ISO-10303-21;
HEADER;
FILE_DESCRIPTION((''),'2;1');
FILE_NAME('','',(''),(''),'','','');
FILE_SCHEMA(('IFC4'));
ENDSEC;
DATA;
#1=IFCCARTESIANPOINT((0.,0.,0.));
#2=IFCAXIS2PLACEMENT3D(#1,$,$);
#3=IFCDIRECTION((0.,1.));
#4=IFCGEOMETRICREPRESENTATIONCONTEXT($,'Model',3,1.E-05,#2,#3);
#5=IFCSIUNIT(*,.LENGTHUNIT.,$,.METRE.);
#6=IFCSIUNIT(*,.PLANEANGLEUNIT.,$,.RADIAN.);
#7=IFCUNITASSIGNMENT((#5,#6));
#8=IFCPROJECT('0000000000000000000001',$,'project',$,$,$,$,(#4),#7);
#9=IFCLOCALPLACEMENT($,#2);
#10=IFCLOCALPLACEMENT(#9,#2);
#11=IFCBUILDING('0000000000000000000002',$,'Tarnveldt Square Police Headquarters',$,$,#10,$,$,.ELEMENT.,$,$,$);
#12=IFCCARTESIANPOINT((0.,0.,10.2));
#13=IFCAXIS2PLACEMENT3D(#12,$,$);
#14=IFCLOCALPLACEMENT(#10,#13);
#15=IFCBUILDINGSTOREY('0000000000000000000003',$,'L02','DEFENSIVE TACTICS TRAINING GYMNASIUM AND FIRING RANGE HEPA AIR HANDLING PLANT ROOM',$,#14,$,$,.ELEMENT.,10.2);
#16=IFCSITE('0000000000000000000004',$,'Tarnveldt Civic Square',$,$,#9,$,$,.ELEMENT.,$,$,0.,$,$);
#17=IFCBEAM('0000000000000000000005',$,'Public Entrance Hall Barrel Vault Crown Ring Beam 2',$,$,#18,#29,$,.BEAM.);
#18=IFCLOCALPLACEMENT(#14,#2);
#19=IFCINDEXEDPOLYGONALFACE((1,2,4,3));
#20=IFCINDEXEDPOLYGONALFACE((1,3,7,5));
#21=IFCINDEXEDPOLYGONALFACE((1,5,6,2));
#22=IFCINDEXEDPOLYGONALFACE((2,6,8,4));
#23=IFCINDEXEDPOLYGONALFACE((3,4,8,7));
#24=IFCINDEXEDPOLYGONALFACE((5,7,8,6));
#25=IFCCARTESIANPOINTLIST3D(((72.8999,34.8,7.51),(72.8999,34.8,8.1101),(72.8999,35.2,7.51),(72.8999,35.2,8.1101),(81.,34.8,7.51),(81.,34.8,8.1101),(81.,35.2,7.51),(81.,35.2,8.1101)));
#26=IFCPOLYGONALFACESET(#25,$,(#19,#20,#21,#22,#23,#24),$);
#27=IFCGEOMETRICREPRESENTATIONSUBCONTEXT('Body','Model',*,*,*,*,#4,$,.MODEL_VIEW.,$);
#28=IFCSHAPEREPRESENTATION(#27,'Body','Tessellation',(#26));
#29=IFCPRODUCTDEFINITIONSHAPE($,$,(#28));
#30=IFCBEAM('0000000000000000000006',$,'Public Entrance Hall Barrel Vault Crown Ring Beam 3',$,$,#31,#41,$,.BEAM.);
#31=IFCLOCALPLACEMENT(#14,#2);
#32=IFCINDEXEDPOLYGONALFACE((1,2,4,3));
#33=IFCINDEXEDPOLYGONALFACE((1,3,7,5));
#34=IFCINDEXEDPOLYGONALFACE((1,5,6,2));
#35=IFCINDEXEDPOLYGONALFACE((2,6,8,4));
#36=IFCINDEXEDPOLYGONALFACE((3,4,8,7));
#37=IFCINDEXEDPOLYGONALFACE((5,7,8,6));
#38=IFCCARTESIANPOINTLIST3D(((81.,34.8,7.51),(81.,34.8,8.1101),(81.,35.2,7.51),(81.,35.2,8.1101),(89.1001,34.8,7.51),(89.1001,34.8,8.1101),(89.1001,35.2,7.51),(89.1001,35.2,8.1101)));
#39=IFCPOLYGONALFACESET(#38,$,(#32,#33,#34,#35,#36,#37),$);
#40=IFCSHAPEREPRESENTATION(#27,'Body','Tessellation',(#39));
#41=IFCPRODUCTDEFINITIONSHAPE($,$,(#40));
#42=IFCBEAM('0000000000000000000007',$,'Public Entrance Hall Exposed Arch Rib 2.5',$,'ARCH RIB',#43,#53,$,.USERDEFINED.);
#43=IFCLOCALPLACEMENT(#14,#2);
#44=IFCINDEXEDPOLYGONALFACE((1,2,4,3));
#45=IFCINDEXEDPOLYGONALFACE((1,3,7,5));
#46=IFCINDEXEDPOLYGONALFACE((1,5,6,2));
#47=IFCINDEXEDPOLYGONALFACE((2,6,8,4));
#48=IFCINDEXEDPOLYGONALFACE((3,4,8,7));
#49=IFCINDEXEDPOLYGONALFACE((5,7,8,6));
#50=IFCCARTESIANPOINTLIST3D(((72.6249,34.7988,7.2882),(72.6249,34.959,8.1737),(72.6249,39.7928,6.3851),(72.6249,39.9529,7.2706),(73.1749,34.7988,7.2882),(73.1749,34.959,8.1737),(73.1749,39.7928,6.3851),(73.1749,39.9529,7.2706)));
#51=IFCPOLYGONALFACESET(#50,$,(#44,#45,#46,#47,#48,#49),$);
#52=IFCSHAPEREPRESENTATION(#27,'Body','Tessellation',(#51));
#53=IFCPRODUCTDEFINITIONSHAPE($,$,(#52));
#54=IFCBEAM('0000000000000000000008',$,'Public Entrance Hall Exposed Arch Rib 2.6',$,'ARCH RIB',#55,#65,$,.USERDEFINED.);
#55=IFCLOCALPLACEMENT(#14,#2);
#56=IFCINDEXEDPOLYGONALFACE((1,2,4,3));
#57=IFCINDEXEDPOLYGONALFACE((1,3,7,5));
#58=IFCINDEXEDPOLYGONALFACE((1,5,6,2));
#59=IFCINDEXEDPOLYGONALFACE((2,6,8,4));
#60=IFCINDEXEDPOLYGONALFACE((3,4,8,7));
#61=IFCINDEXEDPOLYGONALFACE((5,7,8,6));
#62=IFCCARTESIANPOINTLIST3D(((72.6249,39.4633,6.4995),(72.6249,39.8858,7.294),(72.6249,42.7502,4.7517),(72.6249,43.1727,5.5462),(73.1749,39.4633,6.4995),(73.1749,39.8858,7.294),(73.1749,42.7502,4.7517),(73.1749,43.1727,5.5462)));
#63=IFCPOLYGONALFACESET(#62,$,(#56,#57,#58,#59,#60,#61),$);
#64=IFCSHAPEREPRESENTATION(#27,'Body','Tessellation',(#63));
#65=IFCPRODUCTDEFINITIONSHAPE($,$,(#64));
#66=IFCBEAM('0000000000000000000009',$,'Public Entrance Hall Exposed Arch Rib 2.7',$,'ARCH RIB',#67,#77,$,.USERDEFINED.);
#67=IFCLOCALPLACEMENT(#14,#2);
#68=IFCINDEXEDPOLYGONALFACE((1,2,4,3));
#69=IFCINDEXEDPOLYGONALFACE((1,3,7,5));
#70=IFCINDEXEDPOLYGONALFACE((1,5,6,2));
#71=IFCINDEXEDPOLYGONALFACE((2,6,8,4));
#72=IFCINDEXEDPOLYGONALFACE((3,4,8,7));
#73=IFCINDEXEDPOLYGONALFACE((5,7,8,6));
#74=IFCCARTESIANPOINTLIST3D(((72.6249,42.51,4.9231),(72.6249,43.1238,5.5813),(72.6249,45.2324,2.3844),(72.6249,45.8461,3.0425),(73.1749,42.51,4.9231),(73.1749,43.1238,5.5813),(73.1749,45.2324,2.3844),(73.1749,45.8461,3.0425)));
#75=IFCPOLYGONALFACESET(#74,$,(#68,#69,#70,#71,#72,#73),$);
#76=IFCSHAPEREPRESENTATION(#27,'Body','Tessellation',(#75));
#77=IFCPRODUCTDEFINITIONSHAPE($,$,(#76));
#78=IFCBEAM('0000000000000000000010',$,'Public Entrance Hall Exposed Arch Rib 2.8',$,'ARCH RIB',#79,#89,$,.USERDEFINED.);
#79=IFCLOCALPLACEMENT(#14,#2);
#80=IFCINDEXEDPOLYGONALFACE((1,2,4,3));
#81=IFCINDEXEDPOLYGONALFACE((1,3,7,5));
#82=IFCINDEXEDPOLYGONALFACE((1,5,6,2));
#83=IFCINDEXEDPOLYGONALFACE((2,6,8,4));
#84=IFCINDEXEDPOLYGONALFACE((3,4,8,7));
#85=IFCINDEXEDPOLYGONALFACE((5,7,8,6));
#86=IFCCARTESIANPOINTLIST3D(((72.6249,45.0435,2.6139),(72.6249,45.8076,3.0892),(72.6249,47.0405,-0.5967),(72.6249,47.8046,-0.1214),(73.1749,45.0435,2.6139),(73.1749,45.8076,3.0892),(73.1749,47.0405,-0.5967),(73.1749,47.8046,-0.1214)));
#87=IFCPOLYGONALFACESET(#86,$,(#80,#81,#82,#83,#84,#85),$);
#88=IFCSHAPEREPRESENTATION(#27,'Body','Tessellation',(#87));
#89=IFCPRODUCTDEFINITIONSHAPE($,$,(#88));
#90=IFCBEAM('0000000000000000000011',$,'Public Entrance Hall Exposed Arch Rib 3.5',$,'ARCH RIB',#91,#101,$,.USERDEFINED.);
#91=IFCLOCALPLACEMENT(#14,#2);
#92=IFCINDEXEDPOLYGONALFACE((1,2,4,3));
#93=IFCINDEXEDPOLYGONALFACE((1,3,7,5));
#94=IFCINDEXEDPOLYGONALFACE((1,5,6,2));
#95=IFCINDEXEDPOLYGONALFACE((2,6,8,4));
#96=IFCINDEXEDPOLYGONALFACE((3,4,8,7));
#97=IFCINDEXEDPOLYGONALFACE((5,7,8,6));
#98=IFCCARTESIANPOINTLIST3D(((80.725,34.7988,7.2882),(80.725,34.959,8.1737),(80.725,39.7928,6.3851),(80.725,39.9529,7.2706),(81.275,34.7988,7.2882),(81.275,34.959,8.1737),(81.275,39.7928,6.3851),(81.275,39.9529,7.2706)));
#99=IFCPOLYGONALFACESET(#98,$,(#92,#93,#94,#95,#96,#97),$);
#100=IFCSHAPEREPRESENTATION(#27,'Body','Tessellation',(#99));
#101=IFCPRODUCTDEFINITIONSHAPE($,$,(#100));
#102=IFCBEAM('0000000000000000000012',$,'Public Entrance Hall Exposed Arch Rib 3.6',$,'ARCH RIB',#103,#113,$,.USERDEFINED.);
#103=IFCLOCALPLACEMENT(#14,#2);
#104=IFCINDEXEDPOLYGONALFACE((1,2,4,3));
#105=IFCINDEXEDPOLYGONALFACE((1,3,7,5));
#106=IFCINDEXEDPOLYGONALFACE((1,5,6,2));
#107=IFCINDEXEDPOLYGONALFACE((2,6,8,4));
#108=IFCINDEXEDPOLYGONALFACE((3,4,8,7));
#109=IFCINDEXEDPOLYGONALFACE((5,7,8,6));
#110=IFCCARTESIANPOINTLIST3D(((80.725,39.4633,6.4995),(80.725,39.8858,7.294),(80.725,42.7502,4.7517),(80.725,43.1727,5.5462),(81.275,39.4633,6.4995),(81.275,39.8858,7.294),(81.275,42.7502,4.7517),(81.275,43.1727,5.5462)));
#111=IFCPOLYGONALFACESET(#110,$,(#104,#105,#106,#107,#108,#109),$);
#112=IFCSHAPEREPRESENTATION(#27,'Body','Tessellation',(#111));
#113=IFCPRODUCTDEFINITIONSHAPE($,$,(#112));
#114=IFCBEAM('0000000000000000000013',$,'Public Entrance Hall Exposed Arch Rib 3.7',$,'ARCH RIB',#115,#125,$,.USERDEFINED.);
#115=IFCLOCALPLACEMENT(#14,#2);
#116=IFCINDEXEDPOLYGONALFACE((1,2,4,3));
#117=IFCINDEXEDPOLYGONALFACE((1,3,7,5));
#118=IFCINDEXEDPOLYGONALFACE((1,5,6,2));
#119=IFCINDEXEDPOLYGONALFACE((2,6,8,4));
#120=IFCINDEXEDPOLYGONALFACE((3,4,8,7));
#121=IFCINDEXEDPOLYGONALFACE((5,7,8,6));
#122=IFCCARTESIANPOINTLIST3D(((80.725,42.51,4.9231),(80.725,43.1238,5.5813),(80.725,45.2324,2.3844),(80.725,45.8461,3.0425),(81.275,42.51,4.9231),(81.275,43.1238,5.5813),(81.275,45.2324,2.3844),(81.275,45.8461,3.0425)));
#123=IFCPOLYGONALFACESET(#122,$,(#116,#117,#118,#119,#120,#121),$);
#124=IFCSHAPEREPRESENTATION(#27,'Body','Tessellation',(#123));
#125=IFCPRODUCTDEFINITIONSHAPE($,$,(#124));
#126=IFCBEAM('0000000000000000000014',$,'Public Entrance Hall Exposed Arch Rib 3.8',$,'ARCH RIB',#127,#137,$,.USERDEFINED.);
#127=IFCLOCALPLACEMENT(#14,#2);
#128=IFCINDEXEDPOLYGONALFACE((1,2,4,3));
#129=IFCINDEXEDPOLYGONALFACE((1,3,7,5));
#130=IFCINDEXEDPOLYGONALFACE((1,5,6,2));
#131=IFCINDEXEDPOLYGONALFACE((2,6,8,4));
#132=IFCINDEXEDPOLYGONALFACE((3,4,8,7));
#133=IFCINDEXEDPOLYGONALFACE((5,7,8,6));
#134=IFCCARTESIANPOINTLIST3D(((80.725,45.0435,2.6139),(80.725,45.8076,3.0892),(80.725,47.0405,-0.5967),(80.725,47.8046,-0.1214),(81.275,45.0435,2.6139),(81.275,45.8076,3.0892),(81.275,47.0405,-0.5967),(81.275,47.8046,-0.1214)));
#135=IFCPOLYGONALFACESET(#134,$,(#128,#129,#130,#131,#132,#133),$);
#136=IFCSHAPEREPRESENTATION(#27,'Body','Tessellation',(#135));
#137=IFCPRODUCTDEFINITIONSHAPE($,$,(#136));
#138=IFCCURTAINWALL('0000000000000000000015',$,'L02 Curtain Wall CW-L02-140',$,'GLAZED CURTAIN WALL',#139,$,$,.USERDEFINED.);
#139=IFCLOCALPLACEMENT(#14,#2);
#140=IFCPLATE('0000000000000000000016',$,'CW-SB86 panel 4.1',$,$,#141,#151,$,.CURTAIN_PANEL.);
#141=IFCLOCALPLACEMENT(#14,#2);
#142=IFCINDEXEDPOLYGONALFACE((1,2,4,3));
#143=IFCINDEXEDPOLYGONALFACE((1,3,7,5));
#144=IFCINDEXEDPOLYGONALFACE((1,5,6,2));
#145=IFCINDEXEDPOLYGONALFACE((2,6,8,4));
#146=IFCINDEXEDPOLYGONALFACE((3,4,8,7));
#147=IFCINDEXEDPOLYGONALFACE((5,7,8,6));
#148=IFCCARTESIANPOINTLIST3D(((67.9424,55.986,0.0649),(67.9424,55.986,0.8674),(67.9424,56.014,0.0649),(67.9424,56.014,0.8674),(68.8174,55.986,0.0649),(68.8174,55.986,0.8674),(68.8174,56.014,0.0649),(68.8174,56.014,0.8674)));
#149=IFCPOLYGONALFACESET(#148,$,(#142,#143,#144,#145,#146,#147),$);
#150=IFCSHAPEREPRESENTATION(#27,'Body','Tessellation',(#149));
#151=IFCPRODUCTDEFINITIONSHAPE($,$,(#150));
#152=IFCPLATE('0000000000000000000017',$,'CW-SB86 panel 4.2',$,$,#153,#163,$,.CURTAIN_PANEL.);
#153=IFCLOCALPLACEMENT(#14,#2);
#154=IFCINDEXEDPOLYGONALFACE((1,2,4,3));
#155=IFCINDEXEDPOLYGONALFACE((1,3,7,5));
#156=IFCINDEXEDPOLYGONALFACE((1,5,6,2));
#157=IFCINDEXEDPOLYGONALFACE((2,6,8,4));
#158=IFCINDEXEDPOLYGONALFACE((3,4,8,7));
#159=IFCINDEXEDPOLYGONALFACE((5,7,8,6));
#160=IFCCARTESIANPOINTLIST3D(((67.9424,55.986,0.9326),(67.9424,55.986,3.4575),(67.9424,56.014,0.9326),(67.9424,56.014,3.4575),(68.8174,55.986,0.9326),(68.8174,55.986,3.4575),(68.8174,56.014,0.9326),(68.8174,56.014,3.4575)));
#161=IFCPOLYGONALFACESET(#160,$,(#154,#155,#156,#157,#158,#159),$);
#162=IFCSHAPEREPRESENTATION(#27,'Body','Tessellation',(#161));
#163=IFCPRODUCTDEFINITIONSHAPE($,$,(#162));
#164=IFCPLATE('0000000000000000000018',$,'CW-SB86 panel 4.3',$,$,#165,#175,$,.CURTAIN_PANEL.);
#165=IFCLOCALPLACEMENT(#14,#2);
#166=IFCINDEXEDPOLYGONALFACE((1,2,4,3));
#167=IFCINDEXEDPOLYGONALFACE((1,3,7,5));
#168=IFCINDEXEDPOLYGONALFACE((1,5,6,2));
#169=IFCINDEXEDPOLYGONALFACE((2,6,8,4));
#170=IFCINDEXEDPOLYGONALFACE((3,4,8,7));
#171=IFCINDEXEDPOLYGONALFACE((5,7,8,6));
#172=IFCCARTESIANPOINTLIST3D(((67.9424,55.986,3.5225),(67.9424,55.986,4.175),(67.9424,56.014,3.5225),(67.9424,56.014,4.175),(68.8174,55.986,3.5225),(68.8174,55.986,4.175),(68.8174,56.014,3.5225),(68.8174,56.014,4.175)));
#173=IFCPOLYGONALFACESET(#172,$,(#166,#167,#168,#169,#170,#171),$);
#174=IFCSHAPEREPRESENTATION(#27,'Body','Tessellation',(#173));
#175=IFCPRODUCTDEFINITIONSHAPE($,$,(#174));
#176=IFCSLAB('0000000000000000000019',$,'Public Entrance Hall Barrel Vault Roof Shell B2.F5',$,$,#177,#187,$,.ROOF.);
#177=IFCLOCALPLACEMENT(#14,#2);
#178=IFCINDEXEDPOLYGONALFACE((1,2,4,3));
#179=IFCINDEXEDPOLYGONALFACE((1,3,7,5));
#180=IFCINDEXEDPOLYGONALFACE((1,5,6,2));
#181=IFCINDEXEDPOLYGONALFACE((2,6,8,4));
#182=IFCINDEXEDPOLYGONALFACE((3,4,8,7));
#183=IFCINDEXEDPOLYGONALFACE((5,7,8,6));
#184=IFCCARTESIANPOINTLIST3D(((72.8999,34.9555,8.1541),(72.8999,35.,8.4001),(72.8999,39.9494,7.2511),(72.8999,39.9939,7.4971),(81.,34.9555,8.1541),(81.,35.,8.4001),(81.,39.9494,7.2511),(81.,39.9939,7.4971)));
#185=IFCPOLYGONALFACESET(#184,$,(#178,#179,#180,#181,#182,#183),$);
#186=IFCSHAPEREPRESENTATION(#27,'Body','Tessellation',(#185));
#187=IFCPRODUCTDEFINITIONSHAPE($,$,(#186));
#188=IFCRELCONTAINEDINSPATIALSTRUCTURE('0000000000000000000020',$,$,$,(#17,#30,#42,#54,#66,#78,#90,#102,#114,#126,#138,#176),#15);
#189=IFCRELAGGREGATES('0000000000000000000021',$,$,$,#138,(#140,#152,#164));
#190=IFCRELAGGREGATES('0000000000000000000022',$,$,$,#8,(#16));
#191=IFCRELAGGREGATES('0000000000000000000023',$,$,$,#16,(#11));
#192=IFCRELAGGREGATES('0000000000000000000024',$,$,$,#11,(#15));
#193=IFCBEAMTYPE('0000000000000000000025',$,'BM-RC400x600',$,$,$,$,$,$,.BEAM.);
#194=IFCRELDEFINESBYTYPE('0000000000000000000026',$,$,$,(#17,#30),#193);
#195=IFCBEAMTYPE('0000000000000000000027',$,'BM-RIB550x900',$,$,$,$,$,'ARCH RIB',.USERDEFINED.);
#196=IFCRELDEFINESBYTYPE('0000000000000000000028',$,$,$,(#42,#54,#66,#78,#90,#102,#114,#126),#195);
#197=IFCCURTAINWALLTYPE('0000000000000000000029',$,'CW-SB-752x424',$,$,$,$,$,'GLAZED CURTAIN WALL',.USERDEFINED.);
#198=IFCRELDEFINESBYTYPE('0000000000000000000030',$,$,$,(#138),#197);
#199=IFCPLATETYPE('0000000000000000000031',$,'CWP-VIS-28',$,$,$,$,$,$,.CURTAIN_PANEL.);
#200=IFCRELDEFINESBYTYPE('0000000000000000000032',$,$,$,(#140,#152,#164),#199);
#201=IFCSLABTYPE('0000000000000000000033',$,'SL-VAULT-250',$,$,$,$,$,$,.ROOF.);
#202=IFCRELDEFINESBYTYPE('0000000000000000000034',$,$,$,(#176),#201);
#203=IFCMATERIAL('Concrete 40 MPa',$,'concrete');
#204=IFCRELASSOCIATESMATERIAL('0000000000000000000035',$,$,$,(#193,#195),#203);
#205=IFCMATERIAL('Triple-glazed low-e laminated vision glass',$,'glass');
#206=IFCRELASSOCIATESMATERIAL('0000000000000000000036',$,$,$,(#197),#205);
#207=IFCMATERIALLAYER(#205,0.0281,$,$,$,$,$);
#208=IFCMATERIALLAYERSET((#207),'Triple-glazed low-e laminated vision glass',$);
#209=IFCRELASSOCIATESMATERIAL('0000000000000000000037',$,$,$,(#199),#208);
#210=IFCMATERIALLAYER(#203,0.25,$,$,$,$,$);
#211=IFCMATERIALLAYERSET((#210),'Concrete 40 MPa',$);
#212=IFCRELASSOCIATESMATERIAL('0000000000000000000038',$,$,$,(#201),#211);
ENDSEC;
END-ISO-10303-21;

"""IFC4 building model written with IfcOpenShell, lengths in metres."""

from ifc_helpers import new_model, si_unit, direction, frame, origin, origin_2d, place, context, subcontext, project, spatial, polyline, rectangle, outline, extrude, material, layer, layer_set, material_profile, profile_set, type_object, element, aggregate, save


model = new_model("IFC4")

# Units and contexts
model_context = context("Model", 3, precision=1e-05, world=origin(), true_north=direction((0.0, 1.0)))
body_context = subcontext(model_context, "Body", "Model", "MODEL_VIEW")
ifc_project = project(units=[si_unit("LENGTHUNIT", "METRE"), si_unit("PLANEANGLEUNIT", "RADIAN")], contexts=[model_context])

# Site, building, storey
site_placement = place(None, origin())
site = spatial("IfcSite", under=ifc_project, at=site_placement, Name="Tarnveldt Civic Square", CompositionType="ELEMENT", RefElevation=0.0)
building_placement = place(site_placement, origin())
building = spatial("IfcBuilding", under=site, at=building_placement, Name="Tarnveldt Square Police Headquarters", CompositionType="ELEMENT")
storey_placement = place(building_placement, frame((0.0, 0.0, 10.2)))
storey = spatial("IfcBuildingStorey", under=building, at=storey_placement, Name="L02", Description="DEFENSIVE TACTICS TRAINING GYMNASIUM AND FIRING RANGE HEPA AIR HANDLING PLANT ROOM", CompositionType="ELEMENT", Elevation=10.2)

# Beams
ifc_material_1 = material(Name="Concrete 40 MPa", Category="concrete")
ifc_material_profile_1 = material_profile(ifc_material_1, rectangle(XDim=0.3999, YDim=0.6001, at=origin_2d()), Name="RC-B400x600")
ifc_profile_set_1 = profile_set([ifc_material_profile_1], Name="Concrete 40 MPa")
beam_type_1 = type_object("IfcBeamType", Name="BM-RC400x600", PredefinedType="BEAM", material=ifc_profile_set_1)
for number, where, z_axis, x_axis, name in (
    (1, (72.8999, 35.0, 7.8101), (1.0, 0.0, 0.0), (0.0, 1.0, 0.0), "Public Entrance Hall Barrel Vault Crown Ring Beam 2"),
    (2, (81.0, 35.0, 7.8101), (1.0, 0.0, 0.0), (0.0, 1.0, 0.0), "Public Entrance Hall Barrel Vault Crown Ring Beam 3"),
):
    element("IfcBeam", number, at=place(storey_placement, frame(where, z_axis=z_axis, x_axis=x_axis)), inside=storey, type_object=beam_type_1, Name=name, PredefinedType="BEAM", context=body_context, shape_type="SweptSolid", body=[
        extrude(rectangle(XDim=0.3999, YDim=0.6001, at=origin_2d()), origin(), (0.0, 0.0, 1.0), 8.1001),
    ])
ifc_material_profile_2 = material_profile(ifc_material_1, rectangle(XDim=0.55, YDim=0.8999, at=origin_2d()), Name="RC-RIB550x900")
ifc_profile_set_2 = profile_set([ifc_material_profile_2], Name="Concrete 40 MPa")
beam_type_2 = type_object("IfcBeamType", Name="BM-RIB550x900", ElementType="ARCH RIB", PredefinedType="USERDEFINED", material=ifc_profile_set_2)
beam_1_placement = place(storey_placement, frame((72.8999, 34.8789, 7.731), z_axis=(0.0, 0.98404, -0.17795), x_axis=(-1.0, 0.0, 0.0)))
element("IfcBeam", 3, at=beam_1_placement, inside=storey, type_object=beam_type_2, Name="Public Entrance Hall Exposed Arch Rib 2.5", ObjectType="ARCH RIB", PredefinedType="USERDEFINED", context=body_context, shape_type="SweptSolid", body=[
    extrude(rectangle(XDim=0.55, YDim=0.8999, at=origin_2d()), origin(), (0.0, 0.0, 1.0), 5.075),
])
beam_2_placement = place(storey_placement, frame((72.8999, 39.6746, 6.8967), z_axis=(0.0, 0.882931, -0.469502), x_axis=(-1.0, 0.0, 0.0)))
element("IfcBeam", 4, at=beam_2_placement, inside=storey, type_object=beam_type_2, Name="Public Entrance Hall Exposed Arch Rib 2.6", ObjectType="ARCH RIB", PredefinedType="USERDEFINED", context=body_context, shape_type="SweptSolid", body=[
    extrude(rectangle(XDim=0.55, YDim=0.8999, at=origin_2d()), origin(), (0.0, 0.0, 1.0), 3.7227),
])
beam_3_placement = place(storey_placement, frame((72.8999, 42.8169, 5.2522), z_axis=(0.0, 0.731337, -0.682017), x_axis=(-1.0, 0.0, 0.0)))
element("IfcBeam", 5, at=beam_3_placement, inside=storey, type_object=beam_type_2, Name="Public Entrance Hall Exposed Arch Rib 2.7", ObjectType="ARCH RIB", PredefinedType="USERDEFINED", context=body_context, shape_type="SweptSolid", body=[
    extrude(rectangle(XDim=0.55, YDim=0.8999, at=origin_2d()), origin(), (0.0, 0.0, 1.0), 3.7224),
])
beam_4_placement = place(storey_placement, frame((72.8999, 45.4255, 2.8516), z_axis=(0.0, 0.528169, -0.849139), x_axis=(-1.0, 0.0, 0.0)))
element("IfcBeam", 6, at=beam_4_placement, inside=storey, type_object=beam_type_2, Name="Public Entrance Hall Exposed Arch Rib 2.8", ObjectType="ARCH RIB", PredefinedType="USERDEFINED", context=body_context, shape_type="SweptSolid", body=[
    extrude(rectangle(XDim=0.55, YDim=0.8999, at=origin_2d()), origin(), (0.0, 0.0, 1.0), 3.781),
])
beam_5_placement = place(storey_placement, frame((81.0, 34.8789, 7.731), z_axis=(0.0, 0.98404, -0.17795), x_axis=(-1.0, 0.0, 0.0)))
element("IfcBeam", 7, at=beam_5_placement, inside=storey, type_object=beam_type_2, Name="Public Entrance Hall Exposed Arch Rib 3.5", ObjectType="ARCH RIB", PredefinedType="USERDEFINED", context=body_context, shape_type="SweptSolid", body=[
    extrude(rectangle(XDim=0.55, YDim=0.8999, at=origin_2d()), origin(), (0.0, 0.0, 1.0), 5.075),
])
beam_6_placement = place(storey_placement, frame((81.0, 39.6746, 6.8967), z_axis=(0.0, 0.882931, -0.469502), x_axis=(-1.0, 0.0, 0.0)))
element("IfcBeam", 8, at=beam_6_placement, inside=storey, type_object=beam_type_2, Name="Public Entrance Hall Exposed Arch Rib 3.6", ObjectType="ARCH RIB", PredefinedType="USERDEFINED", context=body_context, shape_type="SweptSolid", body=[
    extrude(rectangle(XDim=0.55, YDim=0.8999, at=origin_2d()), origin(), (0.0, 0.0, 1.0), 3.7227),
])
beam_7_placement = place(storey_placement, frame((81.0, 42.8169, 5.2522), z_axis=(0.0, 0.731337, -0.682017), x_axis=(-1.0, 0.0, 0.0)))
element("IfcBeam", 9, at=beam_7_placement, inside=storey, type_object=beam_type_2, Name="Public Entrance Hall Exposed Arch Rib 3.7", ObjectType="ARCH RIB", PredefinedType="USERDEFINED", context=body_context, shape_type="SweptSolid", body=[
    extrude(rectangle(XDim=0.55, YDim=0.8999, at=origin_2d()), origin(), (0.0, 0.0, 1.0), 3.7224),
])
beam_8_placement = place(storey_placement, frame((81.0, 45.4255, 2.8516), z_axis=(0.0, 0.528169, -0.849139), x_axis=(-1.0, 0.0, 0.0)))
element("IfcBeam", 10, at=beam_8_placement, inside=storey, type_object=beam_type_2, Name="Public Entrance Hall Exposed Arch Rib 3.8", ObjectType="ARCH RIB", PredefinedType="USERDEFINED", context=body_context, shape_type="SweptSolid", body=[
    extrude(rectangle(XDim=0.55, YDim=0.8999, at=origin_2d()), origin(), (0.0, 0.0, 1.0), 3.781),
])

# Curtain wall, plates
ifc_material_2 = material(Name="Triple-glazed low-e laminated vision glass", Category="glass")
curtain_wall_type = type_object("IfcCurtainWallType", Name="CW-SB-752x424", ElementType="GLAZED CURTAIN WALL", PredefinedType="USERDEFINED", material=ifc_material_2)
curtain_wall_placement = place(storey_placement, origin())
curtain_wall = element("IfcCurtainWall", 11, at=curtain_wall_placement, inside=storey, type_object=curtain_wall_type, Name="L02 Curtain Wall CW-L02-140", ObjectType="GLAZED CURTAIN WALL", PredefinedType="USERDEFINED")
ifc_layer_1 = layer(ifc_material_2, 0.0281)
ifc_layer_set_1 = layer_set([ifc_layer_1], Name="Triple-glazed low-e laminated vision glass")
plate_type = type_object("IfcPlateType", Name="CWP-VIS-28", PredefinedType="CURTAIN_PANEL", material=ifc_layer_set_1)
plate_1_placement = place(storey_placement, frame((68.3799, 56.0, 0.0649), z_axis=(0.0, 0.0, 1.0), x_axis=(1.0, 0.0, 0.0)))
plate_1 = element("IfcPlate", 12, at=plate_1_placement, type_object=plate_type, Name="CW-SB86 panel 4.1", PredefinedType="CURTAIN_PANEL", context=body_context, shape_type="SweptSolid", body=[
    extrude(rectangle(XDim=0.875, YDim=0.0281, at=origin_2d()), origin(), (0.0, 0.0, 1.0), 0.8025),
])
plate_2_placement = place(storey_placement, frame((68.3799, 56.0, 0.9326), z_axis=(0.0, 0.0, 1.0), x_axis=(1.0, 0.0, 0.0)))
plate_2 = element("IfcPlate", 13, at=plate_2_placement, type_object=plate_type, Name="CW-SB86 panel 4.2", PredefinedType="CURTAIN_PANEL", context=body_context, shape_type="SweptSolid", body=[
    extrude(rectangle(XDim=0.875, YDim=0.0281, at=origin_2d()), origin(), (0.0, 0.0, 1.0), 2.5249),
])
plate_3_placement = place(storey_placement, frame((68.3799, 56.0, 3.5225), z_axis=(0.0, 0.0, 1.0), x_axis=(1.0, 0.0, 0.0)))
plate_3 = element("IfcPlate", 14, at=plate_3_placement, type_object=plate_type, Name="CW-SB86 panel 4.3", PredefinedType="CURTAIN_PANEL", context=body_context, shape_type="SweptSolid", body=[
    extrude(rectangle(XDim=0.875, YDim=0.0281, at=origin_2d()), origin(), (0.0, 0.0, 1.0), 0.6526),
])
aggregate(curtain_wall, [plate_1, plate_2, plate_3])

# Slab
ifc_layer_2 = layer(ifc_material_1, 0.25)
ifc_layer_set_2 = layer_set([ifc_layer_2], Name="Concrete 40 MPa")
slab_type = type_object("IfcSlabType", Name="SL-VAULT-250", PredefinedType="ROOF", material=ifc_layer_set_2)
slab_1_placement = place(storey_placement, frame((72.8999, 35.0, 8.4001), z_axis=(0.0, 0.17795, 0.98404), x_axis=(1.0, 0.0, 0.0)))
element("IfcSlab", 15, at=slab_1_placement, inside=storey, type_object=slab_type, Name="Public Entrance Hall Barrel Vault Roof Shell B2.F5", PredefinedType="ROOF", context=body_context, shape_type="SweptSolid", body=[
    extrude(outline(polyline([(0.0, 0.0), (8.1001, 0.0), (8.1001, 5.0749), (0.0, 5.0749), (0.0, 0.0)])), origin(), (0.0, 0.0, -1.0), 0.25),
])

save(model, "model.ifc")
